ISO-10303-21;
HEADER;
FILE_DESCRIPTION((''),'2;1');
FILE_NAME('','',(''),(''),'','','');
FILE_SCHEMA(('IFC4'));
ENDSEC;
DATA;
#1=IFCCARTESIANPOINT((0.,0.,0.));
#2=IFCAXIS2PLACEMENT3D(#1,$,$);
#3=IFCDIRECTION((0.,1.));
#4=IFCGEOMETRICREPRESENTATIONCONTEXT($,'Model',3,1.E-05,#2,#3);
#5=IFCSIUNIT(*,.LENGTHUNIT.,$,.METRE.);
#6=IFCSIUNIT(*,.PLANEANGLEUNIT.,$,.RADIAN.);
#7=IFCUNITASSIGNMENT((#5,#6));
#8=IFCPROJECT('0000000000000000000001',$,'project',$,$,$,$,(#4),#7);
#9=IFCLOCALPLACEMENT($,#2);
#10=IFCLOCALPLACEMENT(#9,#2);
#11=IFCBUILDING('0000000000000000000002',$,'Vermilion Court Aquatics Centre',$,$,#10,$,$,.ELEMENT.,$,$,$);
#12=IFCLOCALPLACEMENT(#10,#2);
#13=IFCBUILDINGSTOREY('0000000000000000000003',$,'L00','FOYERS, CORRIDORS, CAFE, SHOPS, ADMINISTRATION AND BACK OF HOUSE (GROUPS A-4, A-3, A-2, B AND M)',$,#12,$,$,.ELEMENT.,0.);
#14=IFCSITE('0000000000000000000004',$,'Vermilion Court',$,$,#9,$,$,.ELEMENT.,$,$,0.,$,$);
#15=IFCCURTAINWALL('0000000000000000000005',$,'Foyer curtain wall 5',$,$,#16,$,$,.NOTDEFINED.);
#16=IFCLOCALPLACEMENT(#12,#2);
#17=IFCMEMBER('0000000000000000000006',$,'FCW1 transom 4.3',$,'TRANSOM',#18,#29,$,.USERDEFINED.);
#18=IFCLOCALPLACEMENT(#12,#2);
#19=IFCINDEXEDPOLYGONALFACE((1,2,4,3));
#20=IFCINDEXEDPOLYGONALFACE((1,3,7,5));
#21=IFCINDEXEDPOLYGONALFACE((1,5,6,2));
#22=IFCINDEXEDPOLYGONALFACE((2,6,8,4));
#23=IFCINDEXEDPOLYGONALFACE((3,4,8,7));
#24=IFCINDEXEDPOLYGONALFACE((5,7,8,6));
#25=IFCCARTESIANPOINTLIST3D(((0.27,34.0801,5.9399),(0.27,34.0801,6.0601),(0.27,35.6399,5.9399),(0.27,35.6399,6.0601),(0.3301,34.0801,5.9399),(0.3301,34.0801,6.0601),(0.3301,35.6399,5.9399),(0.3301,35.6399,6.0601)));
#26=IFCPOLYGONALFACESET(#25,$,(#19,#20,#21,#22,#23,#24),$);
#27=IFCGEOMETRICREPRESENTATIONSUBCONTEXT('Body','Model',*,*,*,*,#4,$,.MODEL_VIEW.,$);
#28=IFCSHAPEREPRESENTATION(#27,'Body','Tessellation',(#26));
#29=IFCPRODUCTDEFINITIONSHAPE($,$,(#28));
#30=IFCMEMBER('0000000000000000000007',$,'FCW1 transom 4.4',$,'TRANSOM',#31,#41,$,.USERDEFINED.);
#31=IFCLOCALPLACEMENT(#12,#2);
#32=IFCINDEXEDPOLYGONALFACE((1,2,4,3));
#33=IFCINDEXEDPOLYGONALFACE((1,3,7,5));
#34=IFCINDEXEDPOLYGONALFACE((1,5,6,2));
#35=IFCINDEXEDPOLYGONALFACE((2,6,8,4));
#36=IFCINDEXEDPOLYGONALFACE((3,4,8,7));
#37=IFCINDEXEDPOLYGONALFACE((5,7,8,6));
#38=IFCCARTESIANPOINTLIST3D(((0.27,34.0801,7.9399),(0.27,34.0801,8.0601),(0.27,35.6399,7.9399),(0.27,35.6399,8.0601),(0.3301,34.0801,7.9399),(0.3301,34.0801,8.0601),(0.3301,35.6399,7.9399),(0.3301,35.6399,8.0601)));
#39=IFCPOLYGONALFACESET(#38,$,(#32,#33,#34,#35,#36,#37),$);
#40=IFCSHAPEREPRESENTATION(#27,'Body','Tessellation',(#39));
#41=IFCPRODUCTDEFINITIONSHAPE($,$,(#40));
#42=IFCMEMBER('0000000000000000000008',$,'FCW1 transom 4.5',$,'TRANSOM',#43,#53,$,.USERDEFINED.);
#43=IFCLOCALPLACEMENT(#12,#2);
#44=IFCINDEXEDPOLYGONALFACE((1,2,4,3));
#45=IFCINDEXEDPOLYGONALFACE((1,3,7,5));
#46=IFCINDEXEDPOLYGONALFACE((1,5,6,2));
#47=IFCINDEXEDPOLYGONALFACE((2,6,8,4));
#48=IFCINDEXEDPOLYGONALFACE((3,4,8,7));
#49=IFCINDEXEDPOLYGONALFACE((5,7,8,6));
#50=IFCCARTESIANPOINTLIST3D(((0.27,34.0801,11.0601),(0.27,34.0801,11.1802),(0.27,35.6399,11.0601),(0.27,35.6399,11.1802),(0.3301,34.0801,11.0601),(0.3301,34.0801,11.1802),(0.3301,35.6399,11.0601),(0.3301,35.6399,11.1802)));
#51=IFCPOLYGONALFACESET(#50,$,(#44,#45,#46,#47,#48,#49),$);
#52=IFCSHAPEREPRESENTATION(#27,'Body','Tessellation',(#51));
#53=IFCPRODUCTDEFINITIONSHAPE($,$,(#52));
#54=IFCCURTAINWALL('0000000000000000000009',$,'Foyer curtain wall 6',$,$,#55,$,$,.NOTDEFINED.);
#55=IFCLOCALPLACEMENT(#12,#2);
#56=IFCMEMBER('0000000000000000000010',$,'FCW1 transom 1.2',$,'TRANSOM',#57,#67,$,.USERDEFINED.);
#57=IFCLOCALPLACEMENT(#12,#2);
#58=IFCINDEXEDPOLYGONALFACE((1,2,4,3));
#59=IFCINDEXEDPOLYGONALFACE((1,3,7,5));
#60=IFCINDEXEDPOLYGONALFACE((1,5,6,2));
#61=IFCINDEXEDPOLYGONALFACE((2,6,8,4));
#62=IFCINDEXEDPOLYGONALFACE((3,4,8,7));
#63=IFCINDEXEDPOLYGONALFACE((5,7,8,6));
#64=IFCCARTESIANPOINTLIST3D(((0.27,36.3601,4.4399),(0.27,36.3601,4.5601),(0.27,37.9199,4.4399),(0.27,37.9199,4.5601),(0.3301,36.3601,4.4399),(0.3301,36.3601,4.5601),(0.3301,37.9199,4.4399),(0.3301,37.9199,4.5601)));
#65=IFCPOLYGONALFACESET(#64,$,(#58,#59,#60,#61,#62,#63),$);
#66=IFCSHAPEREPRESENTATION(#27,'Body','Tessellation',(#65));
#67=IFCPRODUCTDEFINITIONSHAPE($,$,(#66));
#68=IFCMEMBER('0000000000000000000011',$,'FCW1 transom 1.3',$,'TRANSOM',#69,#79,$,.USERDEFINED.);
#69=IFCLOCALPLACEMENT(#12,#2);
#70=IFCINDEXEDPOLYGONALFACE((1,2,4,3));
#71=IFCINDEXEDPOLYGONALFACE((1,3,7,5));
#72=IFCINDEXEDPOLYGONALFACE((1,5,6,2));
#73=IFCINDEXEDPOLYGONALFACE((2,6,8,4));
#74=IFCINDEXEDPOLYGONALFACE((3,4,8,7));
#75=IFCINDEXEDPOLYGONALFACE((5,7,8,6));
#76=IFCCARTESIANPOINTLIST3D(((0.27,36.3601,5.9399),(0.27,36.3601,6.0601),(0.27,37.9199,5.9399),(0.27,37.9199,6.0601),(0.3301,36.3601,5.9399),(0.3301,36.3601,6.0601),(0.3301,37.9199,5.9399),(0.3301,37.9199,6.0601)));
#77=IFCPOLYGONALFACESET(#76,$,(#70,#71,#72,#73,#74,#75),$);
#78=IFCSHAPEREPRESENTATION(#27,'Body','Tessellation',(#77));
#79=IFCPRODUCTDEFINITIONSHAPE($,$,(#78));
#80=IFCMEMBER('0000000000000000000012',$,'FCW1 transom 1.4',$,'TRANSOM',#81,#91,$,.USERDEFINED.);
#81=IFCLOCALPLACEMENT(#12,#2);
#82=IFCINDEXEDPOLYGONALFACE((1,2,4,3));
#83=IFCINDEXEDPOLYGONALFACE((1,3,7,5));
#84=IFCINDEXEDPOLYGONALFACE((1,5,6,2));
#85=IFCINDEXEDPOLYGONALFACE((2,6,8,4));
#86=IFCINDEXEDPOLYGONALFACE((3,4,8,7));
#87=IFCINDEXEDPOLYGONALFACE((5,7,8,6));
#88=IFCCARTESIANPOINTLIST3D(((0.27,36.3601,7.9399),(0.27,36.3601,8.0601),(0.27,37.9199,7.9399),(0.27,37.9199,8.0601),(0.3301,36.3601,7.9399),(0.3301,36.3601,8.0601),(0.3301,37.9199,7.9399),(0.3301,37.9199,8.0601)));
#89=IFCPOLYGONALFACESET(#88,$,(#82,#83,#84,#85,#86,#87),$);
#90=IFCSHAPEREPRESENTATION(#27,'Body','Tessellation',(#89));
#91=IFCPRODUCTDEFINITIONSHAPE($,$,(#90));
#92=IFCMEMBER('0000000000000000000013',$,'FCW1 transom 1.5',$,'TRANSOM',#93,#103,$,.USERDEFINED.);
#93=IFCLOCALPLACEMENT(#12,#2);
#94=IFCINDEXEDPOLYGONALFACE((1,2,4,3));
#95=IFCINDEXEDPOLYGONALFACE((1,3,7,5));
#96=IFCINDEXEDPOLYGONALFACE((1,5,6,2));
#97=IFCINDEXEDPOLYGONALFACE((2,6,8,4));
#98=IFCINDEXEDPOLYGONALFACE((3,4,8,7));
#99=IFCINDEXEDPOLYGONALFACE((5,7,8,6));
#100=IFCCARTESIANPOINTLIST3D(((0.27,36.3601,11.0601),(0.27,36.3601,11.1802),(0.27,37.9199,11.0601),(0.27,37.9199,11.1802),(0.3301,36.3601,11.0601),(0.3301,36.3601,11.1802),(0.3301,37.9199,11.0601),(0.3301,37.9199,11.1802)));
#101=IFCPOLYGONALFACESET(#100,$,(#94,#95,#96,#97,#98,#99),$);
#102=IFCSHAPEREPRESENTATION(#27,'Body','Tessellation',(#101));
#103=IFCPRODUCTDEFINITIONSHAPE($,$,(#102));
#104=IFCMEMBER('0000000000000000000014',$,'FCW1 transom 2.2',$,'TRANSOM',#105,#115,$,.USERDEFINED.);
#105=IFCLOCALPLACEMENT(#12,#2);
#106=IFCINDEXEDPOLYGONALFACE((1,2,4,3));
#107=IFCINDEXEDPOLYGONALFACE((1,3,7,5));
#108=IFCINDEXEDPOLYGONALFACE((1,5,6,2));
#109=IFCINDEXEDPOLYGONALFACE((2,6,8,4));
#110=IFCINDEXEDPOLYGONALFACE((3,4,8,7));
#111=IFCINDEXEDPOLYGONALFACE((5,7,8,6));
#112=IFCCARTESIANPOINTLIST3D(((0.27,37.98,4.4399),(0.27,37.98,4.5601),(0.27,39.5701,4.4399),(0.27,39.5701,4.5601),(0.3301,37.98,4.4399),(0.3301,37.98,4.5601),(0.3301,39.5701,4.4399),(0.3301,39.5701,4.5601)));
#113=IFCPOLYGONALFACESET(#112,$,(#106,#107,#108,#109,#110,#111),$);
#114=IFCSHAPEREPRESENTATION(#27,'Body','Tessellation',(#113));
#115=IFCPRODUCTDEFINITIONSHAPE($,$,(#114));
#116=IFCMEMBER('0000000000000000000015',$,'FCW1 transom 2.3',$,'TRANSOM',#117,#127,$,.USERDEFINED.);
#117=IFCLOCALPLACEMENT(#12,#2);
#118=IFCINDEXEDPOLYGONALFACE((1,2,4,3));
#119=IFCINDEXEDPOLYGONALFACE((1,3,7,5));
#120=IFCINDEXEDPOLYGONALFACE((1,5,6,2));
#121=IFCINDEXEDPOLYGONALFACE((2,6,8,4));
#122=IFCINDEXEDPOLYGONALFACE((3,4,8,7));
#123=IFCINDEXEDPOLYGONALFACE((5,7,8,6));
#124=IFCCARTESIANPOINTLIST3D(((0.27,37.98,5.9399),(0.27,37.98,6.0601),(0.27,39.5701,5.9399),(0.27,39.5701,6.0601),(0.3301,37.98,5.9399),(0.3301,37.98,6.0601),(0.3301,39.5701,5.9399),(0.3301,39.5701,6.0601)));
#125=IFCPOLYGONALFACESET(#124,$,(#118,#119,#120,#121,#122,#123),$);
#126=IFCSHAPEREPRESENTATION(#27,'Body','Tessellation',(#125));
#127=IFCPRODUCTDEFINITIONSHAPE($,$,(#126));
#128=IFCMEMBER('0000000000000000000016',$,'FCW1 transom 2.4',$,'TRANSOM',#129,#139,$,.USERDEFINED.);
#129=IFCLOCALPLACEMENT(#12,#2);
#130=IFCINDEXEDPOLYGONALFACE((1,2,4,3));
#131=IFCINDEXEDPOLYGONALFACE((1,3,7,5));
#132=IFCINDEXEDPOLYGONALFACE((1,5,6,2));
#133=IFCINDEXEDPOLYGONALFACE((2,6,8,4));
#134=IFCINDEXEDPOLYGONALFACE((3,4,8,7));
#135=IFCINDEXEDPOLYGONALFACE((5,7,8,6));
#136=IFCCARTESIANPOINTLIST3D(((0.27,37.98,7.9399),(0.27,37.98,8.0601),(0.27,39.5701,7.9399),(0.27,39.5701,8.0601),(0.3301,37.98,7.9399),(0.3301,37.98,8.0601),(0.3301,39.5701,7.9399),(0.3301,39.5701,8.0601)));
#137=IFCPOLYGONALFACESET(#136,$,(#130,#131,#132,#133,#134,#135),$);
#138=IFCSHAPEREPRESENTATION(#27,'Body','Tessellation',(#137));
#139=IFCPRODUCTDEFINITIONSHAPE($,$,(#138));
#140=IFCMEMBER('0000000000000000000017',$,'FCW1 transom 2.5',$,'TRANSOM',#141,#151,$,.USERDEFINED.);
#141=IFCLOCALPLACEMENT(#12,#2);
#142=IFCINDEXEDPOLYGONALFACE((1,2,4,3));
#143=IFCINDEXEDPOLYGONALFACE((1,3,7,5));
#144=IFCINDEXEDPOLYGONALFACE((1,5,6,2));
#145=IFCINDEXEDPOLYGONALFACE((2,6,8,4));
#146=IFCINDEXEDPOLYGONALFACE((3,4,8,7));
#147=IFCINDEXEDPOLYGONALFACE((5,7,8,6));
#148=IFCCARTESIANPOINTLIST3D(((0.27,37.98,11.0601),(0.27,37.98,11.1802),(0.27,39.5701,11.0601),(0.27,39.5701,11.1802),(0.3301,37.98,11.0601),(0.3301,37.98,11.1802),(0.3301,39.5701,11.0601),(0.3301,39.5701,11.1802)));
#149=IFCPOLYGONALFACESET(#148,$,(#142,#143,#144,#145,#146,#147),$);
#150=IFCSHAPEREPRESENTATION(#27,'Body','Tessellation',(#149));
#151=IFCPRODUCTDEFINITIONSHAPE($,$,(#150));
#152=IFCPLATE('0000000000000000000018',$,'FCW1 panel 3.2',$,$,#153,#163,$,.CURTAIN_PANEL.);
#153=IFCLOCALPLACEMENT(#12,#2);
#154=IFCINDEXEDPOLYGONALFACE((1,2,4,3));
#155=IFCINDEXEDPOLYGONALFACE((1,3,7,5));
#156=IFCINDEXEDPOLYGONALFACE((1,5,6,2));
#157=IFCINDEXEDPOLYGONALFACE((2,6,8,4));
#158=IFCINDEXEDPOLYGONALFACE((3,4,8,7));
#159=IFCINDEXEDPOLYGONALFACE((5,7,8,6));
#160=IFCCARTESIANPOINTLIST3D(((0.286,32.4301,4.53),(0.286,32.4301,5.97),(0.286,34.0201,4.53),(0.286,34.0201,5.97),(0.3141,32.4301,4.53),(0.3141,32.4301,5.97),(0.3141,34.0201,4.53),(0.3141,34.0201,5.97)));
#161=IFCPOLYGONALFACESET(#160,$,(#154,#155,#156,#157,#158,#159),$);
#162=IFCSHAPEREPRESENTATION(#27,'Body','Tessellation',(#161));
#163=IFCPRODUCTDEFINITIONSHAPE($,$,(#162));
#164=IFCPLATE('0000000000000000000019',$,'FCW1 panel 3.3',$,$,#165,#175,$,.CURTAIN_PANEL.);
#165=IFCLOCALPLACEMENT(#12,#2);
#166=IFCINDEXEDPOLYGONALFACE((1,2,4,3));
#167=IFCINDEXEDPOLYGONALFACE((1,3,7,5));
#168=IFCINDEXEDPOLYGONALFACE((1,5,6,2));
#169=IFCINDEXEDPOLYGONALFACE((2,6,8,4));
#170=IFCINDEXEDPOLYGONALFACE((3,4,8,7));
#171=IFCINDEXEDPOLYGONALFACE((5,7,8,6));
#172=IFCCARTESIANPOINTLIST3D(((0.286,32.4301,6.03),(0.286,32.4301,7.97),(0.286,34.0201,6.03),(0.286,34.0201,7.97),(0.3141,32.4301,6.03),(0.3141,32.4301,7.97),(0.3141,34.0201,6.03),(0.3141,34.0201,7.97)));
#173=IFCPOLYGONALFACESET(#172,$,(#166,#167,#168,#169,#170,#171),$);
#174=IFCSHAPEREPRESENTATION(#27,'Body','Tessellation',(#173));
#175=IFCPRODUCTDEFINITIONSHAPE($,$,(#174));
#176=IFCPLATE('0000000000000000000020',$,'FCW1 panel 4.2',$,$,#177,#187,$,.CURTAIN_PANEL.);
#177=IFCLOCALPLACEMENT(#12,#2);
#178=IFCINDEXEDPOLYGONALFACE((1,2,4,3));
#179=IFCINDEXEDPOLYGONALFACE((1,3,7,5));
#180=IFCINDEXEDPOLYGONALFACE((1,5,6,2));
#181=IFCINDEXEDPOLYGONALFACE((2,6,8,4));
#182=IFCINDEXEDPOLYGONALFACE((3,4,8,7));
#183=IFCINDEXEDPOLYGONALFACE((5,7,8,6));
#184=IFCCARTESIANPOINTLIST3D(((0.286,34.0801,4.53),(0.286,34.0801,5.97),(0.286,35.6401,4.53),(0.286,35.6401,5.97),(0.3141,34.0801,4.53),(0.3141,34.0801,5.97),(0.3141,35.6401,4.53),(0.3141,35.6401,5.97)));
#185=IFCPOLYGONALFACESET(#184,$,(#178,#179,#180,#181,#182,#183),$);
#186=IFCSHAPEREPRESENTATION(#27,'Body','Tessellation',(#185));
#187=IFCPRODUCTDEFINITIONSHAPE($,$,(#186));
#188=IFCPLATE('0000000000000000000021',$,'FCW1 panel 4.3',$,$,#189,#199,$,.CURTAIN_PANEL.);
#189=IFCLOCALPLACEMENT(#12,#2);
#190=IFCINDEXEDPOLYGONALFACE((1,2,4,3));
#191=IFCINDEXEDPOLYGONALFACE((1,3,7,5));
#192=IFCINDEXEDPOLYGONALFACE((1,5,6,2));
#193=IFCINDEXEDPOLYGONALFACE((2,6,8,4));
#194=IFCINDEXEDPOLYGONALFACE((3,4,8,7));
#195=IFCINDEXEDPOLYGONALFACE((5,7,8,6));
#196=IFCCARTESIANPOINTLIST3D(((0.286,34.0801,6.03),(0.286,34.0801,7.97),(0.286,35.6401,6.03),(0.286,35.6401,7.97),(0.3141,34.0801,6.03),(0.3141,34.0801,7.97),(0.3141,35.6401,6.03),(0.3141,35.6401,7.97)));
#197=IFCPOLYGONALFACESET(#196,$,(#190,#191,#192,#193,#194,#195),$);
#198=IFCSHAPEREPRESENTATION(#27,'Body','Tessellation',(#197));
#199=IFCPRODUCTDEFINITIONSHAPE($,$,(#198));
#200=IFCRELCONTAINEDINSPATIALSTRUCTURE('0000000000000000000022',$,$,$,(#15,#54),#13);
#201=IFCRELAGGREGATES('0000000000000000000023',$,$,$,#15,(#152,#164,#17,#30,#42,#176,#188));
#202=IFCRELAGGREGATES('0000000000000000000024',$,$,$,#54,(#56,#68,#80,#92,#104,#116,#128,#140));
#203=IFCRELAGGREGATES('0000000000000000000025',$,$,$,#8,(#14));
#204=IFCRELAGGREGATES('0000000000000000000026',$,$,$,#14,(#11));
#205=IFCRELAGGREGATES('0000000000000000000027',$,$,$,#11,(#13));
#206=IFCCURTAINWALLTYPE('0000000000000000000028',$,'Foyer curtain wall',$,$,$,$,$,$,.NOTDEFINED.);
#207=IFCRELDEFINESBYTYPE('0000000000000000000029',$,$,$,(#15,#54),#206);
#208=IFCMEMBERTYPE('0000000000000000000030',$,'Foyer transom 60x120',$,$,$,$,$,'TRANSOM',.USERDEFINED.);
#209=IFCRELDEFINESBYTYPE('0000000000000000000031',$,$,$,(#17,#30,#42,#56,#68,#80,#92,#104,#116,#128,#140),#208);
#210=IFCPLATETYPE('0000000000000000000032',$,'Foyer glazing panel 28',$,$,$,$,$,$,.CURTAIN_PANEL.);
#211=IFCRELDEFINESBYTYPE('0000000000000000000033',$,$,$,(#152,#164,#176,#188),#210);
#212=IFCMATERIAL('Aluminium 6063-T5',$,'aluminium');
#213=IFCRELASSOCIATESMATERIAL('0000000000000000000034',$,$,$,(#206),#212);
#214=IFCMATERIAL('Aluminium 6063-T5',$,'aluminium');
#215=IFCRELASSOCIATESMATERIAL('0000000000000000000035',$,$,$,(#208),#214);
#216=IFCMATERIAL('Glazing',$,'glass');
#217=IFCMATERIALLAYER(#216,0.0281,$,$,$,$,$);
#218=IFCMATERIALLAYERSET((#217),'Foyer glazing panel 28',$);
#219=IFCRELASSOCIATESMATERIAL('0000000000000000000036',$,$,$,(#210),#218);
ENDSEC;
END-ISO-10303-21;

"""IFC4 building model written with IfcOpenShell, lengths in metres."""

from ifc_helpers import new_model, si_unit, direction, frame, origin, origin_2d, place, context, subcontext, project, spatial, rectangle, extrude, material, layer, layer_set, material_profile, profile_set, type_object, element, aggregate, save


model = new_model("IFC4")

# Units and contexts
model_context = context("Model", 3, precision=1e-05, world=origin(), true_north=direction((0.0, 1.0)))
body_context = subcontext(model_context, "Body", "Model", "MODEL_VIEW")
ifc_project = project(units=[si_unit("LENGTHUNIT", "METRE"), si_unit("PLANEANGLEUNIT", "RADIAN")], contexts=[model_context])

# Site, building, storey
site_placement = place(None, origin())
site = spatial("IfcSite", under=ifc_project, at=site_placement, Name="Vermilion Court", CompositionType="ELEMENT", RefElevation=0.0)
building_placement = place(site_placement, origin())
building = spatial("IfcBuilding", under=site, at=building_placement, Name="Vermilion Court Aquatics Centre", CompositionType="ELEMENT")
storey_placement = place(building_placement, origin())
storey = spatial("IfcBuildingStorey", under=building, at=storey_placement, Name="L00", Description="FOYERS, CORRIDORS, CAFE, SHOPS, ADMINISTRATION AND BACK OF HOUSE (GROUPS A-4, A-3, A-2, B AND M)", CompositionType="ELEMENT", Elevation=0.0)

# Curtain walls, members
ifc_material_1 = material(Name="Aluminium 6063-T5", Category="aluminium")
curtain_wall_type = type_object("IfcCurtainWallType", Name="Foyer curtain wall", PredefinedType="NOTDEFINED", material=ifc_material_1)
curtain_wall_1_placement = place(storey_placement, origin())
curtain_wall_1 = element("IfcCurtainWall", 1, at=curtain_wall_1_placement, inside=storey, type_object=curtain_wall_type, Name="Foyer curtain wall 5", PredefinedType="NOTDEFINED")
ifc_material_2 = material(Name="Aluminium 6063-T5", Category="aluminium")
ifc_material_profile = material_profile(ifc_material_2, rectangle(XDim=0.0601, YDim=0.1201, at=origin_2d()), Name="Aluminium 60x120")
ifc_profile_set = profile_set([ifc_material_profile], Name="Aluminium 6063-T5")
member_type = type_object("IfcMemberType", Name="Foyer transom 60x120", ElementType="TRANSOM", PredefinedType="USERDEFINED", material=ifc_profile_set)
member_1_placement = place(storey_placement, frame((0.3, 34.0801, 6.0), z_axis=(0.0, 1.0, 0.0), x_axis=(-1.0, 0.0, 0.0)))
member_1 = element("IfcMember", 2, at=member_1_placement, type_object=member_type, Name="FCW1 transom 4.3", ObjectType="TRANSOM", PredefinedType="USERDEFINED", context=body_context, shape_type="SweptSolid", body=[
    extrude(rectangle(XDim=0.0601, YDim=0.1201, at=origin_2d()), origin(), (0.0, 0.0, 1.0), 1.5598),
])
member_2_placement = place(storey_placement, frame((0.3, 34.0801, 8.0), z_axis=(0.0, 1.0, 0.0), x_axis=(-1.0, 0.0, 0.0)))
member_2 = element("IfcMember", 3, at=member_2_placement, type_object=member_type, Name="FCW1 transom 4.4", ObjectType="TRANSOM", PredefinedType="USERDEFINED", context=body_context, shape_type="SweptSolid", body=[
    extrude(rectangle(XDim=0.0601, YDim=0.1201, at=origin_2d()), origin(), (0.0, 0.0, 1.0), 1.5598),
])
member_3_placement = place(storey_placement, frame((0.3, 34.0801, 11.1201), z_axis=(0.0, 1.0, 0.0), x_axis=(-1.0, 0.0, 0.0)))
member_3 = element("IfcMember", 4, at=member_3_placement, type_object=member_type, Name="FCW1 transom 4.5", ObjectType="TRANSOM", PredefinedType="USERDEFINED", context=body_context, shape_type="SweptSolid", body=[
    extrude(rectangle(XDim=0.0601, YDim=0.1201, at=origin_2d()), origin(), (0.0, 0.0, 1.0), 1.5598),
])
curtain_wall_2_placement = place(storey_placement, origin())
curtain_wall_2 = element("IfcCurtainWall", 5, at=curtain_wall_2_placement, inside=storey, type_object=curtain_wall_type, Name="Foyer curtain wall 6", PredefinedType="NOTDEFINED")
member_4_placement = place(storey_placement, frame((0.3, 36.3601, 4.5), z_axis=(0.0, 1.0, 0.0), x_axis=(-1.0, 0.0, 0.0)))
member_4 = element("IfcMember", 6, at=member_4_placement, type_object=member_type, Name="FCW1 transom 1.2", ObjectType="TRANSOM", PredefinedType="USERDEFINED", context=body_context, shape_type="SweptSolid", body=[
    extrude(rectangle(XDim=0.0601, YDim=0.1201, at=origin_2d()), origin(), (0.0, 0.0, 1.0), 1.5598),
])
member_5_placement = place(storey_placement, frame((0.3, 36.3601, 6.0), z_axis=(0.0, 1.0, 0.0), x_axis=(-1.0, 0.0, 0.0)))
member_5 = element("IfcMember", 7, at=member_5_placement, type_object=member_type, Name="FCW1 transom 1.3", ObjectType="TRANSOM", PredefinedType="USERDEFINED", context=body_context, shape_type="SweptSolid", body=[
    extrude(rectangle(XDim=0.0601, YDim=0.1201, at=origin_2d()), origin(), (0.0, 0.0, 1.0), 1.5598),
])
member_6_placement = place(storey_placement, frame((0.3, 36.3601, 8.0), z_axis=(0.0, 1.0, 0.0), x_axis=(-1.0, 0.0, 0.0)))
member_6 = element("IfcMember", 8, at=member_6_placement, type_object=member_type, Name="FCW1 transom 1.4", ObjectType="TRANSOM", PredefinedType="USERDEFINED", context=body_context, shape_type="SweptSolid", body=[
    extrude(rectangle(XDim=0.0601, YDim=0.1201, at=origin_2d()), origin(), (0.0, 0.0, 1.0), 1.5598),
])
member_7_placement = place(storey_placement, frame((0.3, 36.3601, 11.1201), z_axis=(0.0, 1.0, 0.0), x_axis=(-1.0, 0.0, 0.0)))
member_7 = element("IfcMember", 9, at=member_7_placement, type_object=member_type, Name="FCW1 transom 1.5", ObjectType="TRANSOM", PredefinedType="USERDEFINED", context=body_context, shape_type="SweptSolid", body=[
    extrude(rectangle(XDim=0.0601, YDim=0.1201, at=origin_2d()), origin(), (0.0, 0.0, 1.0), 1.5598),
])
member_8_placement = place(storey_placement, frame((0.3, 37.98, 4.5), z_axis=(0.0, 1.0, 0.0), x_axis=(-1.0, 0.0, 0.0)))
member_8 = element("IfcMember", 10, at=member_8_placement, type_object=member_type, Name="FCW1 transom 2.2", ObjectType="TRANSOM", PredefinedType="USERDEFINED", context=body_context, shape_type="SweptSolid", body=[
    extrude(rectangle(XDim=0.0601, YDim=0.1201, at=origin_2d()), origin(), (0.0, 0.0, 1.0), 1.5901),
])
member_9_placement = place(storey_placement, frame((0.3, 37.98, 6.0), z_axis=(0.0, 1.0, 0.0), x_axis=(-1.0, 0.0, 0.0)))
member_9 = element("IfcMember", 11, at=member_9_placement, type_object=member_type, Name="FCW1 transom 2.3", ObjectType="TRANSOM", PredefinedType="USERDEFINED", context=body_context, shape_type="SweptSolid", body=[
    extrude(rectangle(XDim=0.0601, YDim=0.1201, at=origin_2d()), origin(), (0.0, 0.0, 1.0), 1.5901),
])
member_10_placement = place(storey_placement, frame((0.3, 37.98, 8.0), z_axis=(0.0, 1.0, 0.0), x_axis=(-1.0, 0.0, 0.0)))
member_10 = element("IfcMember", 12, at=member_10_placement, type_object=member_type, Name="FCW1 transom 2.4", ObjectType="TRANSOM", PredefinedType="USERDEFINED", context=body_context, shape_type="SweptSolid", body=[
    extrude(rectangle(XDim=0.0601, YDim=0.1201, at=origin_2d()), origin(), (0.0, 0.0, 1.0), 1.5901),
])
member_11_placement = place(storey_placement, frame((0.3, 37.98, 11.1201), z_axis=(0.0, 1.0, 0.0), x_axis=(-1.0, 0.0, 0.0)))
member_11 = element("IfcMember", 13, at=member_11_placement, type_object=member_type, Name="FCW1 transom 2.5", ObjectType="TRANSOM", PredefinedType="USERDEFINED", context=body_context, shape_type="SweptSolid", body=[
    extrude(rectangle(XDim=0.0601, YDim=0.1201, at=origin_2d()), origin(), (0.0, 0.0, 1.0), 1.5901),
])

# Plates
ifc_material_3 = material(Name="Glazing", Category="glass")
ifc_layer_1 = layer(ifc_material_3, 0.0281)
ifc_layer_set_1 = layer_set([ifc_layer_1], Name="Foyer glazing panel 28")
plate_type_1 = type_object("IfcPlateType", Name="Foyer glazing panel 28", PredefinedType="CURTAIN_PANEL", material=ifc_layer_set_1)
plate_1_placement = place(storey_placement, frame((0.3, 33.2251, 4.53), z_axis=(0.0, 0.0, 1.0), x_axis=(0.0, 1.0, 0.0)))
plate_1 = element("IfcPlate", 14, at=plate_1_placement, type_object=plate_type_1, Name="FCW1 panel 3.2", PredefinedType="CURTAIN_PANEL", context=body_context, shape_type="SweptSolid", body=[
    extrude(rectangle(XDim=1.5901, YDim=0.0281, at=origin_2d()), origin(), (0.0, 0.0, 1.0), 1.4399),
])
plate_2_placement = place(storey_placement, frame((0.3, 33.2251, 6.03), z_axis=(0.0, 0.0, 1.0), x_axis=(0.0, 1.0, 0.0)))
plate_2 = element("IfcPlate", 15, at=plate_2_placement, type_object=plate_type_1, Name="FCW1 panel 3.3", PredefinedType="CURTAIN_PANEL", context=body_context, shape_type="SweptSolid", body=[
    extrude(rectangle(XDim=1.5901, YDim=0.0281, at=origin_2d()), origin(), (0.0, 0.0, 1.0), 1.9399),
])
plate_3_placement = place(storey_placement, frame((0.3, 34.8601, 4.53), z_axis=(0.0, 0.0, 1.0), x_axis=(0.0, 1.0, 0.0)))
plate_3 = element("IfcPlate", 16, at=plate_3_placement, type_object=plate_type_1, Name="FCW1 panel 4.2", PredefinedType="CURTAIN_PANEL", context=body_context, shape_type="SweptSolid", body=[
    extrude(rectangle(XDim=1.5601, YDim=0.0281, at=origin_2d()), origin(), (0.0, 0.0, 1.0), 1.4399),
])
plate_4_placement = place(storey_placement, frame((0.3, 34.8601, 6.03), z_axis=(0.0, 0.0, 1.0), x_axis=(0.0, 1.0, 0.0)))
plate_4 = element("IfcPlate", 17, at=plate_4_placement, type_object=plate_type_1, Name="FCW1 panel 4.3", PredefinedType="CURTAIN_PANEL", context=body_context, shape_type="SweptSolid", body=[
    extrude(rectangle(XDim=1.5601, YDim=0.0281, at=origin_2d()), origin(), (0.0, 0.0, 1.0), 1.9399),
])
aggregate(curtain_wall_1, [plate_1, plate_2, member_1, member_2, member_3, plate_3, plate_4])
aggregate(curtain_wall_2, [member_4, member_5, member_6, member_7, member_8, member_9, member_10, member_11])

save(model, "model.ifc")
